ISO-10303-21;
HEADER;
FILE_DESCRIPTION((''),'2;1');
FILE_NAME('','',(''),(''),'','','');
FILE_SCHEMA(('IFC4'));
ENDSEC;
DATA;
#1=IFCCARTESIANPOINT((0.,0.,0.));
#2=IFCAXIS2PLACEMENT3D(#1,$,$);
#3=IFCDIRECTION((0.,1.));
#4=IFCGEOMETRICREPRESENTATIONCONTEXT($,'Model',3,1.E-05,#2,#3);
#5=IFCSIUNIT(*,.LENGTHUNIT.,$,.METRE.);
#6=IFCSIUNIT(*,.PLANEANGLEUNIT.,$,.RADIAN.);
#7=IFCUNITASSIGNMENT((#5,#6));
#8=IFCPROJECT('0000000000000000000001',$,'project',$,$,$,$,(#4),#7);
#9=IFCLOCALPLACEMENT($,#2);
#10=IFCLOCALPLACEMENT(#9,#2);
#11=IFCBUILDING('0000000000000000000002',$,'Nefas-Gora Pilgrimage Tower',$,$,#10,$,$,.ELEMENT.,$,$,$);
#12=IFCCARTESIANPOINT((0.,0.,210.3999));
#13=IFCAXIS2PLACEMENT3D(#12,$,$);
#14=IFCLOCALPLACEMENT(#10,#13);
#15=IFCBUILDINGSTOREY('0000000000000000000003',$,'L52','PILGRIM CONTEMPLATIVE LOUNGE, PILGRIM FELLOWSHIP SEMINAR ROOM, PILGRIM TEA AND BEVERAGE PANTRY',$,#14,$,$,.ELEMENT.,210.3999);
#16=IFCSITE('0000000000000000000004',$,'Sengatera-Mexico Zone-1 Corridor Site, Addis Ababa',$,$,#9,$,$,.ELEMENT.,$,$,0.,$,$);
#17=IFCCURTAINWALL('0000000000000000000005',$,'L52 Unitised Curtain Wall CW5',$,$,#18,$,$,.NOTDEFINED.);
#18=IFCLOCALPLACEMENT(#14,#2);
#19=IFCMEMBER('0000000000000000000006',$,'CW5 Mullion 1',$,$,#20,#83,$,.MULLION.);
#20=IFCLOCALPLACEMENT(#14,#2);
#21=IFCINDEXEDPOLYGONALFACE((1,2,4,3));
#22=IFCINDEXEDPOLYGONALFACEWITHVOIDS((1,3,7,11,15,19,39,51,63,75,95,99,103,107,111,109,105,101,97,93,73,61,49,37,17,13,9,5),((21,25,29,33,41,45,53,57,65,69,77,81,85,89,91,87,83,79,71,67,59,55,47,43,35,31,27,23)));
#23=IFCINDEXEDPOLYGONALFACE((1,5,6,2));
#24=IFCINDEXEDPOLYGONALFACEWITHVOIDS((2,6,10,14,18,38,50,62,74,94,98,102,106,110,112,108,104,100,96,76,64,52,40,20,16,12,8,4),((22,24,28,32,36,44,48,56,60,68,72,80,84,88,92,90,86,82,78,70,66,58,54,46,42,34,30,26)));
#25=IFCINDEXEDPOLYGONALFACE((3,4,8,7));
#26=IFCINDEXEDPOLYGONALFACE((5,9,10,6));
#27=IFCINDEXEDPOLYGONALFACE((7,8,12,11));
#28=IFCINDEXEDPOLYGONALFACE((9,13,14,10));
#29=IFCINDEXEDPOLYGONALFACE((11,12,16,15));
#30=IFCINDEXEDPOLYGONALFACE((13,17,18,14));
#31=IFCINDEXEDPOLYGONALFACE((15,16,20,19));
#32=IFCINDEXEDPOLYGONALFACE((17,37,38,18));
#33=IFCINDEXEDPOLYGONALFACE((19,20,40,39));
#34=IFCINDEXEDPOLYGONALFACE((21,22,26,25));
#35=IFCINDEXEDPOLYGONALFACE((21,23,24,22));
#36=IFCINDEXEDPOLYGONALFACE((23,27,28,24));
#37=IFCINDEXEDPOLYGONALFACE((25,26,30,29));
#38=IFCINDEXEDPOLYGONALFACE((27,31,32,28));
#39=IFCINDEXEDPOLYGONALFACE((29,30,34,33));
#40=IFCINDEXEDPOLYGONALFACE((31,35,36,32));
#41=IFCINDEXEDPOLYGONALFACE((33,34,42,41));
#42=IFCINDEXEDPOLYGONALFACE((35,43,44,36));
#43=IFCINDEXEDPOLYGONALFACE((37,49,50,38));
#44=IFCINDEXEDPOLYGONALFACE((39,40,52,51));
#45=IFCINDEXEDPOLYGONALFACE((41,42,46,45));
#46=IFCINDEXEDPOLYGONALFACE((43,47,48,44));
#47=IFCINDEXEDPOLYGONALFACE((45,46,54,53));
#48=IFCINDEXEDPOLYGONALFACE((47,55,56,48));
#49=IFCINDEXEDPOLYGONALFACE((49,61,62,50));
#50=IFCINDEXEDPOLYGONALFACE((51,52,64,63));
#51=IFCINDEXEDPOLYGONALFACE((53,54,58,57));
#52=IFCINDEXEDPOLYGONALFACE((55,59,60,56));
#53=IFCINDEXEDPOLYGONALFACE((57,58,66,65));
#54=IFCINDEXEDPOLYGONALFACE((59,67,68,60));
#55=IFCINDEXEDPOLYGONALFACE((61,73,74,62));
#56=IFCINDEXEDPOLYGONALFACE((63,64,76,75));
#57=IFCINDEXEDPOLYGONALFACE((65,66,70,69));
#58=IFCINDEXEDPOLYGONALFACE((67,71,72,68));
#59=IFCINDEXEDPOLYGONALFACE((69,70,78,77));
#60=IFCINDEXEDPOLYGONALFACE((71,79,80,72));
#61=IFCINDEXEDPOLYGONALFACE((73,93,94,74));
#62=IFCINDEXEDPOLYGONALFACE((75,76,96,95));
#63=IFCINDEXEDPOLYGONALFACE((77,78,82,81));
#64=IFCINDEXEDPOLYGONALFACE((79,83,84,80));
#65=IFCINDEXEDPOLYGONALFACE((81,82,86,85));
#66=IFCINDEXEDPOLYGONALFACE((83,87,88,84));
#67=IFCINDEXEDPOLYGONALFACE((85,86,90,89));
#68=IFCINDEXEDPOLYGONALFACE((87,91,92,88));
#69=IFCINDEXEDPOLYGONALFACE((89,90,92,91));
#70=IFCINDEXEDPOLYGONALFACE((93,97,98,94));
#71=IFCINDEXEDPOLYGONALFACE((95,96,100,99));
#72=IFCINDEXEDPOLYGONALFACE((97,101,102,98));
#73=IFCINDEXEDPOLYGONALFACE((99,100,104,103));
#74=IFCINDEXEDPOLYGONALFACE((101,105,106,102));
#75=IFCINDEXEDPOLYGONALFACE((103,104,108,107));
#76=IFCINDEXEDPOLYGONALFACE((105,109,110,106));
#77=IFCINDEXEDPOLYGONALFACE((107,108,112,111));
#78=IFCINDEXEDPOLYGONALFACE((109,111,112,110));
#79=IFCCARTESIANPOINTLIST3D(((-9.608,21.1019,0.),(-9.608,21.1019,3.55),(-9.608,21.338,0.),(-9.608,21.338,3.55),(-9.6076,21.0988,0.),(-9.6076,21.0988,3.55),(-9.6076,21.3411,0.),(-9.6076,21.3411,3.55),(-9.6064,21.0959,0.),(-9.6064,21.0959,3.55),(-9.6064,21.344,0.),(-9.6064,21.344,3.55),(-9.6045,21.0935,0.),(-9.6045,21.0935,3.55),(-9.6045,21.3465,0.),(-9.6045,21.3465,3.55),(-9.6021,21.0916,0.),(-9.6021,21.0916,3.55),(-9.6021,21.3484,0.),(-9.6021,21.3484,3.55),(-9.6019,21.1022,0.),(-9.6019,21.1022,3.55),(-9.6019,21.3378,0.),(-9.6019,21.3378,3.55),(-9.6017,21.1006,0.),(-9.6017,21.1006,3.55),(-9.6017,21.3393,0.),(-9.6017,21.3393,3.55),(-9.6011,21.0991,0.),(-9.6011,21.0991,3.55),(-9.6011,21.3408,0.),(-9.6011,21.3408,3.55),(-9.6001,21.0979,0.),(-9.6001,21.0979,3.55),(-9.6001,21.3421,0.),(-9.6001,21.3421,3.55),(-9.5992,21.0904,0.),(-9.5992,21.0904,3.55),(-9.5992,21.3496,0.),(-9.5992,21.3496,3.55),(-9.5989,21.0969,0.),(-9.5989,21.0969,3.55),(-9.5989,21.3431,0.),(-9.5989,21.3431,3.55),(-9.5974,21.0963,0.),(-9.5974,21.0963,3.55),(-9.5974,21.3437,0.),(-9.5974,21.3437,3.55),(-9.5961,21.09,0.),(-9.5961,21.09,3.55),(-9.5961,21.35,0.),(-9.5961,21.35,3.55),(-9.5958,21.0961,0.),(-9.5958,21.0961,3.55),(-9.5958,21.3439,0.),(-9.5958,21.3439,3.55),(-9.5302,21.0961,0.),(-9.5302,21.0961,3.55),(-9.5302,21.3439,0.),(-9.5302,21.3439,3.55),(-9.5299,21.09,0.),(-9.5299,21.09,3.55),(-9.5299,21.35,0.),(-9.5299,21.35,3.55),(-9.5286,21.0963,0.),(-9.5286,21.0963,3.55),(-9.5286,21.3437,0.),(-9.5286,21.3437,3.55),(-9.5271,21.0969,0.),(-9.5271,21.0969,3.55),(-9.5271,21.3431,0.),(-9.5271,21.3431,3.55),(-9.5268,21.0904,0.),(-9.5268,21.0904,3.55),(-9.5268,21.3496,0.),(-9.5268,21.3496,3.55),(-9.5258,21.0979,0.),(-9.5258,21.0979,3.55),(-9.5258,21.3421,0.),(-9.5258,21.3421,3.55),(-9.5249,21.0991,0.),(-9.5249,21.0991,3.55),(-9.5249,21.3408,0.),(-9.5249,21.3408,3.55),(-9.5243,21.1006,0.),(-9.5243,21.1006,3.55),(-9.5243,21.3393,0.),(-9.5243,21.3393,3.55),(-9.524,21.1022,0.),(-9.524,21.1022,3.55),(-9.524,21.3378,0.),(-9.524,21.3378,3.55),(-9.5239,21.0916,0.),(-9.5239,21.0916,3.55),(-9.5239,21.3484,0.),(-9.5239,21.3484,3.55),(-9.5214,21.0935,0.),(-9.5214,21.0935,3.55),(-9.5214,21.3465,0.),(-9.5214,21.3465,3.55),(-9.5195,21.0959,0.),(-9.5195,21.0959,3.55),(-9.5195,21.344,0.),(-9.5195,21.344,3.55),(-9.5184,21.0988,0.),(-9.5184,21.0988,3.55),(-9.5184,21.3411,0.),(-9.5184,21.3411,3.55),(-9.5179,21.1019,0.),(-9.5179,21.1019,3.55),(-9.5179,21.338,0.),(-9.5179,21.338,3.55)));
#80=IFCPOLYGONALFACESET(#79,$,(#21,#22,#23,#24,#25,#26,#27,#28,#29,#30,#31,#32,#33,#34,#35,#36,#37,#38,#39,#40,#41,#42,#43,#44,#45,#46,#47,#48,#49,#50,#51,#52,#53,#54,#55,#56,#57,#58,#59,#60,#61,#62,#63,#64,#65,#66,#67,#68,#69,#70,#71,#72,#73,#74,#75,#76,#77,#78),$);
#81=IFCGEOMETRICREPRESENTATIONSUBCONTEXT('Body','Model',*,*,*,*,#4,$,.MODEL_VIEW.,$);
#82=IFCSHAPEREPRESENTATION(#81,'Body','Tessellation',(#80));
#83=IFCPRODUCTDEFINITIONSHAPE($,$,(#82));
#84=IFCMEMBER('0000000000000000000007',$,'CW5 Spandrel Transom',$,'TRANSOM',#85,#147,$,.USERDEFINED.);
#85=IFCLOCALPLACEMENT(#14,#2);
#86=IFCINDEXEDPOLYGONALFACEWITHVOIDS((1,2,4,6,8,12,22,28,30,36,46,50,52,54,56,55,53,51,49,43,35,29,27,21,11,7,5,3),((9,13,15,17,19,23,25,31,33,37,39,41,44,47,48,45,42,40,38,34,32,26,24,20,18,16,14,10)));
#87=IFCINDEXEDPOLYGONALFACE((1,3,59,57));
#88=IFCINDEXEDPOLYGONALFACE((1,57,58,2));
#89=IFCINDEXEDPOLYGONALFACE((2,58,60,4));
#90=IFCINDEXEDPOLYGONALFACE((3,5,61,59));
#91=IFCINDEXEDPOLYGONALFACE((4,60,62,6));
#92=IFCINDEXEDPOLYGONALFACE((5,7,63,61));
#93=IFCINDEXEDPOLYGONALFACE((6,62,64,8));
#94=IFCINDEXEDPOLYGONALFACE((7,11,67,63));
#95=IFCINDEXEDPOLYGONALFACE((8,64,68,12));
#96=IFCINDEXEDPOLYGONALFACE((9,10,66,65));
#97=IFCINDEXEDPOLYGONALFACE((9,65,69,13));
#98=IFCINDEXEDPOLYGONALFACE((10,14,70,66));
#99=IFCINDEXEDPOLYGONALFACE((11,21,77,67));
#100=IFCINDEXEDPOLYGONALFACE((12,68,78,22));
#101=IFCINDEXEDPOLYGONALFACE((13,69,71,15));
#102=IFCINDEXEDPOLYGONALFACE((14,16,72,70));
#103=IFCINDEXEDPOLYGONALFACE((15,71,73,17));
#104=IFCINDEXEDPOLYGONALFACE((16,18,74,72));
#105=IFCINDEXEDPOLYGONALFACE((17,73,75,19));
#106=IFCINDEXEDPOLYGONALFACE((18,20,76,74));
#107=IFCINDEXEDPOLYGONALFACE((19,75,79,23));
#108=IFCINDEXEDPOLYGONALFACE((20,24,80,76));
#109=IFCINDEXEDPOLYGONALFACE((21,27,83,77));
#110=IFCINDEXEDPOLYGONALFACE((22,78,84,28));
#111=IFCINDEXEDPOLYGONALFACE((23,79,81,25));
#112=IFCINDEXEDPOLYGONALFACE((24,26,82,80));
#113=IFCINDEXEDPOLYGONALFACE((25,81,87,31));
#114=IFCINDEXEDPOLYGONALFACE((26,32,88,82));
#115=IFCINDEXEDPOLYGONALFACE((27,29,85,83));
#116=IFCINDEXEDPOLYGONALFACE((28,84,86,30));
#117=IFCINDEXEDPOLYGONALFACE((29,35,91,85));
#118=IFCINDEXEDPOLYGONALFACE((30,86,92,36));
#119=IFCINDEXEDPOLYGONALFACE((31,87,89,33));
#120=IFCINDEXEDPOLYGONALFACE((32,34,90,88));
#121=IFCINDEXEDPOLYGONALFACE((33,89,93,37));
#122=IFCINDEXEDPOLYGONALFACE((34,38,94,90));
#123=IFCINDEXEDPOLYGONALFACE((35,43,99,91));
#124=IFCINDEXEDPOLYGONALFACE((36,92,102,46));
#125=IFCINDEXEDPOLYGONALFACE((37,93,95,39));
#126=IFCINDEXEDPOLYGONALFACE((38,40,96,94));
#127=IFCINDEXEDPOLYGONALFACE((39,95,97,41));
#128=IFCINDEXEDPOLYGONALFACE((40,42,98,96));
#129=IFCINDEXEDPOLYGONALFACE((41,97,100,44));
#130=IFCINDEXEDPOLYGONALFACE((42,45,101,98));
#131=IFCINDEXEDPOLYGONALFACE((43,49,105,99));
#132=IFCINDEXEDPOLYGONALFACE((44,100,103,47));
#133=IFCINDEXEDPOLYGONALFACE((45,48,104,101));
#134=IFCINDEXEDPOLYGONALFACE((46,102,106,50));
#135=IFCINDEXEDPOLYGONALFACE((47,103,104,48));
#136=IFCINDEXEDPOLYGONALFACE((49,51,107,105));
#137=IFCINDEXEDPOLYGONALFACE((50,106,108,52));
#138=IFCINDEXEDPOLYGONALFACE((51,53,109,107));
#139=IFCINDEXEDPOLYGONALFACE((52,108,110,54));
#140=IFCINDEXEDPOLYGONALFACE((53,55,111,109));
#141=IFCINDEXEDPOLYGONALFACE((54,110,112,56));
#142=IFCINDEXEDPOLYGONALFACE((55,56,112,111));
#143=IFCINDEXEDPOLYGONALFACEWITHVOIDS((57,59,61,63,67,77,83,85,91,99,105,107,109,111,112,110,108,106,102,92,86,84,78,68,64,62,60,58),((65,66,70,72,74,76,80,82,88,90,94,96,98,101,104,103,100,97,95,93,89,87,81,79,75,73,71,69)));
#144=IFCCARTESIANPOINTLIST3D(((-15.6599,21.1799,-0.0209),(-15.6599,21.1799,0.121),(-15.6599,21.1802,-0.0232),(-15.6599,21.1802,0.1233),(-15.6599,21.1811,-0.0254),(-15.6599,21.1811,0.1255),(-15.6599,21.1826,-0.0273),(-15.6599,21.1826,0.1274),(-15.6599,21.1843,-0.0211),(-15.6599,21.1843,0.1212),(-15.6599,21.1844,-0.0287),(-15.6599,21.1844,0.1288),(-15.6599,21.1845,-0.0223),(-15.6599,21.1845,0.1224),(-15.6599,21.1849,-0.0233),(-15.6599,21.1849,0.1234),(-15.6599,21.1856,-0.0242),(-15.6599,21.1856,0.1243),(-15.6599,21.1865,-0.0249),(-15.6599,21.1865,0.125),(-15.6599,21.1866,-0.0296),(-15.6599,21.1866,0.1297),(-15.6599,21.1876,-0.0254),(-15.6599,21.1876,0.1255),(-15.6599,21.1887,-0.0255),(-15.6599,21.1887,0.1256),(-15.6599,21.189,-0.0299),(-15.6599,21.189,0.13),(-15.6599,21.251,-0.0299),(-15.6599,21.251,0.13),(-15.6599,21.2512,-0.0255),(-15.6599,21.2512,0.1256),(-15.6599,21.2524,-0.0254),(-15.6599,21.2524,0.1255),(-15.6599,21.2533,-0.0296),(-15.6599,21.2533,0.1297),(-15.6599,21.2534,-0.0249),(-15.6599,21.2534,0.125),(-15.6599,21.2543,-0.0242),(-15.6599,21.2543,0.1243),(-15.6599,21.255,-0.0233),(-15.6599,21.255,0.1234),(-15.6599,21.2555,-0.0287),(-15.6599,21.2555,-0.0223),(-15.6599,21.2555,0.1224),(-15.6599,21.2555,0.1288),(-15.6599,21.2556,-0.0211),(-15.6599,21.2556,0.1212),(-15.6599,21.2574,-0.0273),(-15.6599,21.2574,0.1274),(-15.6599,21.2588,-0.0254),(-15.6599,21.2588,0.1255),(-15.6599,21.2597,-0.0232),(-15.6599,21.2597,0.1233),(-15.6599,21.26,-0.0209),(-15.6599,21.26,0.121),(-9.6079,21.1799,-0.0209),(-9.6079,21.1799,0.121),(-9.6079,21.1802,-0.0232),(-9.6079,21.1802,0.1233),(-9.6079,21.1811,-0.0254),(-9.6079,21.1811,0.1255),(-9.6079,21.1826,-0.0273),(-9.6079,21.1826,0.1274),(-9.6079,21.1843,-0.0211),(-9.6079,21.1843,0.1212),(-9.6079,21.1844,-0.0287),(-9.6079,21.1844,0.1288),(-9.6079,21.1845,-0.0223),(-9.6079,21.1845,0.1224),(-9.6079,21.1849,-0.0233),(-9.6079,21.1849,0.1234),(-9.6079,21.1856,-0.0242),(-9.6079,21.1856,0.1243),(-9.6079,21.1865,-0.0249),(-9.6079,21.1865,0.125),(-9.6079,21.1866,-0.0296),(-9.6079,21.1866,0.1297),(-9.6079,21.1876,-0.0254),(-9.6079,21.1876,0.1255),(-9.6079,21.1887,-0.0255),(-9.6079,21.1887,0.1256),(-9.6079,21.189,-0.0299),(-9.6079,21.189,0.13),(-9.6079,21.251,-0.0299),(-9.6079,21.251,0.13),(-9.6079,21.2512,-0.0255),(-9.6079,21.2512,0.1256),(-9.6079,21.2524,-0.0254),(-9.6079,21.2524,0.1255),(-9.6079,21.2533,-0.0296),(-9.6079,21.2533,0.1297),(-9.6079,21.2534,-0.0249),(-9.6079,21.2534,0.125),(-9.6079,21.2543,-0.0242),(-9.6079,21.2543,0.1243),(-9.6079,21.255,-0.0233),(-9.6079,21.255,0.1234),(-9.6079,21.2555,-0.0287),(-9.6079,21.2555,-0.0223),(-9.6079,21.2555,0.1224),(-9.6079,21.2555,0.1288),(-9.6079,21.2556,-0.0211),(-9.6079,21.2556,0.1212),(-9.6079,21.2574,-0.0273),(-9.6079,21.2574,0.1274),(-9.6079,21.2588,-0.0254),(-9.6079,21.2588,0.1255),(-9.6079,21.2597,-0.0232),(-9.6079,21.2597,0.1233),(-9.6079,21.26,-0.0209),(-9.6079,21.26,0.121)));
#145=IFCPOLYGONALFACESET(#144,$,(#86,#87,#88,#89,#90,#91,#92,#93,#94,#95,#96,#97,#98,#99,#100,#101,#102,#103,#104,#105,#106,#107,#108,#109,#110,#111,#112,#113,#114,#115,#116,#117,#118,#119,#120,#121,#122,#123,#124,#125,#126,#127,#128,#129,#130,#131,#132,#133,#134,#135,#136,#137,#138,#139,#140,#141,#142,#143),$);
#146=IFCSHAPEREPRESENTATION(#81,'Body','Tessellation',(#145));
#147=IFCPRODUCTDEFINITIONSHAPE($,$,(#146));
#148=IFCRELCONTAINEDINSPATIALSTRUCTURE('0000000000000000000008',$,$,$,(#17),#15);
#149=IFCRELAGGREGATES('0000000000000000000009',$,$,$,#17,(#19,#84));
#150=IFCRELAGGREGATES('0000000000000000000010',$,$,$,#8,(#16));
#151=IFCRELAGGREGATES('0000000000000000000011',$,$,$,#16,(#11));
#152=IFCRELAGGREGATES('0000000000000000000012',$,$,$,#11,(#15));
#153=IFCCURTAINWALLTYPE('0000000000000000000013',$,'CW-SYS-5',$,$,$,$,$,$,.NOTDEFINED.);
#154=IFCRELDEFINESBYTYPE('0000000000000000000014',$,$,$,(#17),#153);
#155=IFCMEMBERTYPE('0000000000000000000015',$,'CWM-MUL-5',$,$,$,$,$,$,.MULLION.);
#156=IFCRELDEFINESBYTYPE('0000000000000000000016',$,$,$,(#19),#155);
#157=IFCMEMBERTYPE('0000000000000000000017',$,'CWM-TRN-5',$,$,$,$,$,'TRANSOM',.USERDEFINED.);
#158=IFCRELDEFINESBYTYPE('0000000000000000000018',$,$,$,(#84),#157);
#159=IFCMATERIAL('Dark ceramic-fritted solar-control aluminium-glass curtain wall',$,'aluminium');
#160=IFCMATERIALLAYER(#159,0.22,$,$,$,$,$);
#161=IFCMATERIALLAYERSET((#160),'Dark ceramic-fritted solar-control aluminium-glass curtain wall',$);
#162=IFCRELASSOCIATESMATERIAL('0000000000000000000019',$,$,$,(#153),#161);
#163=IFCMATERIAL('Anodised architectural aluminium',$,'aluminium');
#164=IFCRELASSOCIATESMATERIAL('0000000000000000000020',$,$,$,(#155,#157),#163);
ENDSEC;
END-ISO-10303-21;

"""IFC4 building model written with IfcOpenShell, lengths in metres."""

from ifc_helpers import new_model, si_unit, direction, frame, origin, origin_2d, place, context, subcontext, project, spatial, hollow_rectangle, extrude, source, transform, mapped, material, layer, layer_set, material_profile, profile_set, type_object, element, aggregate, save


model = new_model("IFC4")

# Units and contexts
model_context = context("Model", 3, precision=1e-05, world=origin(), true_north=direction((0.0, 1.0)))
body_context = subcontext(model_context, "Body", "Model", "MODEL_VIEW")
ifc_project = project(units=[si_unit("LENGTHUNIT", "METRE"), si_unit("PLANEANGLEUNIT", "RADIAN")], contexts=[model_context])

# Site, building, storey
site_placement = place(None, origin())
site = spatial("IfcSite", under=ifc_project, at=site_placement, Name="Sengatera-Mexico Zone-1 Corridor Site, Addis Ababa", CompositionType="ELEMENT", RefElevation=0.0)
building_placement = place(site_placement, origin())
building = spatial("IfcBuilding", under=site, at=building_placement, Name="Nefas-Gora Pilgrimage Tower", CompositionType="ELEMENT")
storey_placement = place(building_placement, frame((0.0, 0.0, 210.3999)))
storey = spatial("IfcBuildingStorey", under=building, at=storey_placement, Name="L52", Description="PILGRIM CONTEMPLATIVE LOUNGE, PILGRIM FELLOWSHIP SEMINAR ROOM, PILGRIM TEA AND BEVERAGE PANTRY", CompositionType="ELEMENT", Elevation=210.3999)

# Curtain wall, members
ifc_material_1 = material(Name="Dark ceramic-fritted solar-control aluminium-glass curtain wall", Category="aluminium")
ifc_layer_1 = layer(ifc_material_1, 0.22)
ifc_layer_set_1 = layer_set([ifc_layer_1], Name="Dark ceramic-fritted solar-control aluminium-glass curtain wall")
curtain_wall_type = type_object("IfcCurtainWallType", Name="CW-SYS-5", PredefinedType="NOTDEFINED", material=ifc_layer_set_1)
ifc_material_2 = material(Name="Anodised architectural aluminium", Category="aluminium")
ifc_material_profile_1 = material_profile(ifc_material_2, hollow_rectangle(XDim=0.0901, YDim=0.26, WallThickness=0.0061, InnerFilletRadius=0.0061, OuterFilletRadius=0.012, at=origin_2d()), Name="ALU MULLION 90x260")
ifc_profile_set_1 = profile_set([ifc_material_profile_1], Name="Anodised architectural aluminium")
member_type_1 = type_object("IfcMemberType", Name="CWM-MUL-5", PredefinedType="MULLION", material=ifc_profile_set_1)
shared_shape_1 = source(origin(), body_context, "Body", "SweptSolid", [
    extrude(hollow_rectangle(XDim=0.0901, YDim=0.26, WallThickness=0.0061, InnerFilletRadius=0.0061, OuterFilletRadius=0.012, at=origin_2d()), origin(), (0.0, 0.0, 1.0), 3.55),
])
curtain_wall_1_placement = place(storey_placement, origin())
curtain_wall_1 = element("IfcCurtainWall", 1, at=curtain_wall_1_placement, inside=storey, type_object=curtain_wall_type, Name="L52 Unitised Curtain Wall CW5", PredefinedType="NOTDEFINED")
member_1_placement = place(storey_placement, frame((-9.563, 21.22, 0.0), z_axis=(0.0, 0.0, 1.0), x_axis=(-1.0, 0.0, 0.0)))
member_1 = element("IfcMember", 2, at=member_1_placement, type_object=member_type_1, Name="CW5 Mullion 1", PredefinedType="MULLION", context=body_context, shape_type="MappedRepresentation", body=[
    mapped(shared_shape_1, transform((0.0, 0.0, 0.0), x_axis=(1.0, 0.0, 0.0), y_axis=(0.0, 1.0, 0.0), z_axis=(0.0, 0.0, 1.0), scale=1.0)),
])
ifc_material_profile_2 = material_profile(ifc_material_2, hollow_rectangle(XDim=0.0801, YDim=0.1599, WallThickness=0.0044, InnerFilletRadius=0.0044, OuterFilletRadius=0.009, at=origin_2d()), Name="ALU TRANSOM 80x160")
ifc_profile_set_2 = profile_set([ifc_material_profile_2], Name="Anodised architectural aluminium")
member_type_2 = type_object("IfcMemberType", Name="CWM-TRN-5", ElementType="TRANSOM", PredefinedType="USERDEFINED", material=ifc_profile_set_2)
shared_shape_2 = source(origin(), body_context, "Body", "SweptSolid", [
    extrude(hollow_rectangle(XDim=0.0801, YDim=0.1599, WallThickness=0.0044, InnerFilletRadius=0.0044, OuterFilletRadius=0.009, at=origin_2d()), origin(), (0.0, 0.0, 1.0), 6.052),
])
member_2_placement = place(storey_placement, frame((-9.6079, 21.22, 0.05), z_axis=(-1.0, 0.0, 0.0), x_axis=(0.0, -1.0, 0.0)))
member_2 = element("IfcMember", 3, at=member_2_placement, type_object=member_type_2, Name="CW5 Spandrel Transom", ObjectType="TRANSOM", PredefinedType="USERDEFINED", context=body_context, shape_type="MappedRepresentation", body=[
    mapped(shared_shape_2, transform((0.0, 0.0, 0.0), x_axis=(1.0, 0.0, 0.0), y_axis=(0.0, 1.0, 0.0), z_axis=(0.0, 0.0, 1.0), scale=1.0)),
])
aggregate(curtain_wall_1, [member_1, member_2])

save(model, "model.ifc")
